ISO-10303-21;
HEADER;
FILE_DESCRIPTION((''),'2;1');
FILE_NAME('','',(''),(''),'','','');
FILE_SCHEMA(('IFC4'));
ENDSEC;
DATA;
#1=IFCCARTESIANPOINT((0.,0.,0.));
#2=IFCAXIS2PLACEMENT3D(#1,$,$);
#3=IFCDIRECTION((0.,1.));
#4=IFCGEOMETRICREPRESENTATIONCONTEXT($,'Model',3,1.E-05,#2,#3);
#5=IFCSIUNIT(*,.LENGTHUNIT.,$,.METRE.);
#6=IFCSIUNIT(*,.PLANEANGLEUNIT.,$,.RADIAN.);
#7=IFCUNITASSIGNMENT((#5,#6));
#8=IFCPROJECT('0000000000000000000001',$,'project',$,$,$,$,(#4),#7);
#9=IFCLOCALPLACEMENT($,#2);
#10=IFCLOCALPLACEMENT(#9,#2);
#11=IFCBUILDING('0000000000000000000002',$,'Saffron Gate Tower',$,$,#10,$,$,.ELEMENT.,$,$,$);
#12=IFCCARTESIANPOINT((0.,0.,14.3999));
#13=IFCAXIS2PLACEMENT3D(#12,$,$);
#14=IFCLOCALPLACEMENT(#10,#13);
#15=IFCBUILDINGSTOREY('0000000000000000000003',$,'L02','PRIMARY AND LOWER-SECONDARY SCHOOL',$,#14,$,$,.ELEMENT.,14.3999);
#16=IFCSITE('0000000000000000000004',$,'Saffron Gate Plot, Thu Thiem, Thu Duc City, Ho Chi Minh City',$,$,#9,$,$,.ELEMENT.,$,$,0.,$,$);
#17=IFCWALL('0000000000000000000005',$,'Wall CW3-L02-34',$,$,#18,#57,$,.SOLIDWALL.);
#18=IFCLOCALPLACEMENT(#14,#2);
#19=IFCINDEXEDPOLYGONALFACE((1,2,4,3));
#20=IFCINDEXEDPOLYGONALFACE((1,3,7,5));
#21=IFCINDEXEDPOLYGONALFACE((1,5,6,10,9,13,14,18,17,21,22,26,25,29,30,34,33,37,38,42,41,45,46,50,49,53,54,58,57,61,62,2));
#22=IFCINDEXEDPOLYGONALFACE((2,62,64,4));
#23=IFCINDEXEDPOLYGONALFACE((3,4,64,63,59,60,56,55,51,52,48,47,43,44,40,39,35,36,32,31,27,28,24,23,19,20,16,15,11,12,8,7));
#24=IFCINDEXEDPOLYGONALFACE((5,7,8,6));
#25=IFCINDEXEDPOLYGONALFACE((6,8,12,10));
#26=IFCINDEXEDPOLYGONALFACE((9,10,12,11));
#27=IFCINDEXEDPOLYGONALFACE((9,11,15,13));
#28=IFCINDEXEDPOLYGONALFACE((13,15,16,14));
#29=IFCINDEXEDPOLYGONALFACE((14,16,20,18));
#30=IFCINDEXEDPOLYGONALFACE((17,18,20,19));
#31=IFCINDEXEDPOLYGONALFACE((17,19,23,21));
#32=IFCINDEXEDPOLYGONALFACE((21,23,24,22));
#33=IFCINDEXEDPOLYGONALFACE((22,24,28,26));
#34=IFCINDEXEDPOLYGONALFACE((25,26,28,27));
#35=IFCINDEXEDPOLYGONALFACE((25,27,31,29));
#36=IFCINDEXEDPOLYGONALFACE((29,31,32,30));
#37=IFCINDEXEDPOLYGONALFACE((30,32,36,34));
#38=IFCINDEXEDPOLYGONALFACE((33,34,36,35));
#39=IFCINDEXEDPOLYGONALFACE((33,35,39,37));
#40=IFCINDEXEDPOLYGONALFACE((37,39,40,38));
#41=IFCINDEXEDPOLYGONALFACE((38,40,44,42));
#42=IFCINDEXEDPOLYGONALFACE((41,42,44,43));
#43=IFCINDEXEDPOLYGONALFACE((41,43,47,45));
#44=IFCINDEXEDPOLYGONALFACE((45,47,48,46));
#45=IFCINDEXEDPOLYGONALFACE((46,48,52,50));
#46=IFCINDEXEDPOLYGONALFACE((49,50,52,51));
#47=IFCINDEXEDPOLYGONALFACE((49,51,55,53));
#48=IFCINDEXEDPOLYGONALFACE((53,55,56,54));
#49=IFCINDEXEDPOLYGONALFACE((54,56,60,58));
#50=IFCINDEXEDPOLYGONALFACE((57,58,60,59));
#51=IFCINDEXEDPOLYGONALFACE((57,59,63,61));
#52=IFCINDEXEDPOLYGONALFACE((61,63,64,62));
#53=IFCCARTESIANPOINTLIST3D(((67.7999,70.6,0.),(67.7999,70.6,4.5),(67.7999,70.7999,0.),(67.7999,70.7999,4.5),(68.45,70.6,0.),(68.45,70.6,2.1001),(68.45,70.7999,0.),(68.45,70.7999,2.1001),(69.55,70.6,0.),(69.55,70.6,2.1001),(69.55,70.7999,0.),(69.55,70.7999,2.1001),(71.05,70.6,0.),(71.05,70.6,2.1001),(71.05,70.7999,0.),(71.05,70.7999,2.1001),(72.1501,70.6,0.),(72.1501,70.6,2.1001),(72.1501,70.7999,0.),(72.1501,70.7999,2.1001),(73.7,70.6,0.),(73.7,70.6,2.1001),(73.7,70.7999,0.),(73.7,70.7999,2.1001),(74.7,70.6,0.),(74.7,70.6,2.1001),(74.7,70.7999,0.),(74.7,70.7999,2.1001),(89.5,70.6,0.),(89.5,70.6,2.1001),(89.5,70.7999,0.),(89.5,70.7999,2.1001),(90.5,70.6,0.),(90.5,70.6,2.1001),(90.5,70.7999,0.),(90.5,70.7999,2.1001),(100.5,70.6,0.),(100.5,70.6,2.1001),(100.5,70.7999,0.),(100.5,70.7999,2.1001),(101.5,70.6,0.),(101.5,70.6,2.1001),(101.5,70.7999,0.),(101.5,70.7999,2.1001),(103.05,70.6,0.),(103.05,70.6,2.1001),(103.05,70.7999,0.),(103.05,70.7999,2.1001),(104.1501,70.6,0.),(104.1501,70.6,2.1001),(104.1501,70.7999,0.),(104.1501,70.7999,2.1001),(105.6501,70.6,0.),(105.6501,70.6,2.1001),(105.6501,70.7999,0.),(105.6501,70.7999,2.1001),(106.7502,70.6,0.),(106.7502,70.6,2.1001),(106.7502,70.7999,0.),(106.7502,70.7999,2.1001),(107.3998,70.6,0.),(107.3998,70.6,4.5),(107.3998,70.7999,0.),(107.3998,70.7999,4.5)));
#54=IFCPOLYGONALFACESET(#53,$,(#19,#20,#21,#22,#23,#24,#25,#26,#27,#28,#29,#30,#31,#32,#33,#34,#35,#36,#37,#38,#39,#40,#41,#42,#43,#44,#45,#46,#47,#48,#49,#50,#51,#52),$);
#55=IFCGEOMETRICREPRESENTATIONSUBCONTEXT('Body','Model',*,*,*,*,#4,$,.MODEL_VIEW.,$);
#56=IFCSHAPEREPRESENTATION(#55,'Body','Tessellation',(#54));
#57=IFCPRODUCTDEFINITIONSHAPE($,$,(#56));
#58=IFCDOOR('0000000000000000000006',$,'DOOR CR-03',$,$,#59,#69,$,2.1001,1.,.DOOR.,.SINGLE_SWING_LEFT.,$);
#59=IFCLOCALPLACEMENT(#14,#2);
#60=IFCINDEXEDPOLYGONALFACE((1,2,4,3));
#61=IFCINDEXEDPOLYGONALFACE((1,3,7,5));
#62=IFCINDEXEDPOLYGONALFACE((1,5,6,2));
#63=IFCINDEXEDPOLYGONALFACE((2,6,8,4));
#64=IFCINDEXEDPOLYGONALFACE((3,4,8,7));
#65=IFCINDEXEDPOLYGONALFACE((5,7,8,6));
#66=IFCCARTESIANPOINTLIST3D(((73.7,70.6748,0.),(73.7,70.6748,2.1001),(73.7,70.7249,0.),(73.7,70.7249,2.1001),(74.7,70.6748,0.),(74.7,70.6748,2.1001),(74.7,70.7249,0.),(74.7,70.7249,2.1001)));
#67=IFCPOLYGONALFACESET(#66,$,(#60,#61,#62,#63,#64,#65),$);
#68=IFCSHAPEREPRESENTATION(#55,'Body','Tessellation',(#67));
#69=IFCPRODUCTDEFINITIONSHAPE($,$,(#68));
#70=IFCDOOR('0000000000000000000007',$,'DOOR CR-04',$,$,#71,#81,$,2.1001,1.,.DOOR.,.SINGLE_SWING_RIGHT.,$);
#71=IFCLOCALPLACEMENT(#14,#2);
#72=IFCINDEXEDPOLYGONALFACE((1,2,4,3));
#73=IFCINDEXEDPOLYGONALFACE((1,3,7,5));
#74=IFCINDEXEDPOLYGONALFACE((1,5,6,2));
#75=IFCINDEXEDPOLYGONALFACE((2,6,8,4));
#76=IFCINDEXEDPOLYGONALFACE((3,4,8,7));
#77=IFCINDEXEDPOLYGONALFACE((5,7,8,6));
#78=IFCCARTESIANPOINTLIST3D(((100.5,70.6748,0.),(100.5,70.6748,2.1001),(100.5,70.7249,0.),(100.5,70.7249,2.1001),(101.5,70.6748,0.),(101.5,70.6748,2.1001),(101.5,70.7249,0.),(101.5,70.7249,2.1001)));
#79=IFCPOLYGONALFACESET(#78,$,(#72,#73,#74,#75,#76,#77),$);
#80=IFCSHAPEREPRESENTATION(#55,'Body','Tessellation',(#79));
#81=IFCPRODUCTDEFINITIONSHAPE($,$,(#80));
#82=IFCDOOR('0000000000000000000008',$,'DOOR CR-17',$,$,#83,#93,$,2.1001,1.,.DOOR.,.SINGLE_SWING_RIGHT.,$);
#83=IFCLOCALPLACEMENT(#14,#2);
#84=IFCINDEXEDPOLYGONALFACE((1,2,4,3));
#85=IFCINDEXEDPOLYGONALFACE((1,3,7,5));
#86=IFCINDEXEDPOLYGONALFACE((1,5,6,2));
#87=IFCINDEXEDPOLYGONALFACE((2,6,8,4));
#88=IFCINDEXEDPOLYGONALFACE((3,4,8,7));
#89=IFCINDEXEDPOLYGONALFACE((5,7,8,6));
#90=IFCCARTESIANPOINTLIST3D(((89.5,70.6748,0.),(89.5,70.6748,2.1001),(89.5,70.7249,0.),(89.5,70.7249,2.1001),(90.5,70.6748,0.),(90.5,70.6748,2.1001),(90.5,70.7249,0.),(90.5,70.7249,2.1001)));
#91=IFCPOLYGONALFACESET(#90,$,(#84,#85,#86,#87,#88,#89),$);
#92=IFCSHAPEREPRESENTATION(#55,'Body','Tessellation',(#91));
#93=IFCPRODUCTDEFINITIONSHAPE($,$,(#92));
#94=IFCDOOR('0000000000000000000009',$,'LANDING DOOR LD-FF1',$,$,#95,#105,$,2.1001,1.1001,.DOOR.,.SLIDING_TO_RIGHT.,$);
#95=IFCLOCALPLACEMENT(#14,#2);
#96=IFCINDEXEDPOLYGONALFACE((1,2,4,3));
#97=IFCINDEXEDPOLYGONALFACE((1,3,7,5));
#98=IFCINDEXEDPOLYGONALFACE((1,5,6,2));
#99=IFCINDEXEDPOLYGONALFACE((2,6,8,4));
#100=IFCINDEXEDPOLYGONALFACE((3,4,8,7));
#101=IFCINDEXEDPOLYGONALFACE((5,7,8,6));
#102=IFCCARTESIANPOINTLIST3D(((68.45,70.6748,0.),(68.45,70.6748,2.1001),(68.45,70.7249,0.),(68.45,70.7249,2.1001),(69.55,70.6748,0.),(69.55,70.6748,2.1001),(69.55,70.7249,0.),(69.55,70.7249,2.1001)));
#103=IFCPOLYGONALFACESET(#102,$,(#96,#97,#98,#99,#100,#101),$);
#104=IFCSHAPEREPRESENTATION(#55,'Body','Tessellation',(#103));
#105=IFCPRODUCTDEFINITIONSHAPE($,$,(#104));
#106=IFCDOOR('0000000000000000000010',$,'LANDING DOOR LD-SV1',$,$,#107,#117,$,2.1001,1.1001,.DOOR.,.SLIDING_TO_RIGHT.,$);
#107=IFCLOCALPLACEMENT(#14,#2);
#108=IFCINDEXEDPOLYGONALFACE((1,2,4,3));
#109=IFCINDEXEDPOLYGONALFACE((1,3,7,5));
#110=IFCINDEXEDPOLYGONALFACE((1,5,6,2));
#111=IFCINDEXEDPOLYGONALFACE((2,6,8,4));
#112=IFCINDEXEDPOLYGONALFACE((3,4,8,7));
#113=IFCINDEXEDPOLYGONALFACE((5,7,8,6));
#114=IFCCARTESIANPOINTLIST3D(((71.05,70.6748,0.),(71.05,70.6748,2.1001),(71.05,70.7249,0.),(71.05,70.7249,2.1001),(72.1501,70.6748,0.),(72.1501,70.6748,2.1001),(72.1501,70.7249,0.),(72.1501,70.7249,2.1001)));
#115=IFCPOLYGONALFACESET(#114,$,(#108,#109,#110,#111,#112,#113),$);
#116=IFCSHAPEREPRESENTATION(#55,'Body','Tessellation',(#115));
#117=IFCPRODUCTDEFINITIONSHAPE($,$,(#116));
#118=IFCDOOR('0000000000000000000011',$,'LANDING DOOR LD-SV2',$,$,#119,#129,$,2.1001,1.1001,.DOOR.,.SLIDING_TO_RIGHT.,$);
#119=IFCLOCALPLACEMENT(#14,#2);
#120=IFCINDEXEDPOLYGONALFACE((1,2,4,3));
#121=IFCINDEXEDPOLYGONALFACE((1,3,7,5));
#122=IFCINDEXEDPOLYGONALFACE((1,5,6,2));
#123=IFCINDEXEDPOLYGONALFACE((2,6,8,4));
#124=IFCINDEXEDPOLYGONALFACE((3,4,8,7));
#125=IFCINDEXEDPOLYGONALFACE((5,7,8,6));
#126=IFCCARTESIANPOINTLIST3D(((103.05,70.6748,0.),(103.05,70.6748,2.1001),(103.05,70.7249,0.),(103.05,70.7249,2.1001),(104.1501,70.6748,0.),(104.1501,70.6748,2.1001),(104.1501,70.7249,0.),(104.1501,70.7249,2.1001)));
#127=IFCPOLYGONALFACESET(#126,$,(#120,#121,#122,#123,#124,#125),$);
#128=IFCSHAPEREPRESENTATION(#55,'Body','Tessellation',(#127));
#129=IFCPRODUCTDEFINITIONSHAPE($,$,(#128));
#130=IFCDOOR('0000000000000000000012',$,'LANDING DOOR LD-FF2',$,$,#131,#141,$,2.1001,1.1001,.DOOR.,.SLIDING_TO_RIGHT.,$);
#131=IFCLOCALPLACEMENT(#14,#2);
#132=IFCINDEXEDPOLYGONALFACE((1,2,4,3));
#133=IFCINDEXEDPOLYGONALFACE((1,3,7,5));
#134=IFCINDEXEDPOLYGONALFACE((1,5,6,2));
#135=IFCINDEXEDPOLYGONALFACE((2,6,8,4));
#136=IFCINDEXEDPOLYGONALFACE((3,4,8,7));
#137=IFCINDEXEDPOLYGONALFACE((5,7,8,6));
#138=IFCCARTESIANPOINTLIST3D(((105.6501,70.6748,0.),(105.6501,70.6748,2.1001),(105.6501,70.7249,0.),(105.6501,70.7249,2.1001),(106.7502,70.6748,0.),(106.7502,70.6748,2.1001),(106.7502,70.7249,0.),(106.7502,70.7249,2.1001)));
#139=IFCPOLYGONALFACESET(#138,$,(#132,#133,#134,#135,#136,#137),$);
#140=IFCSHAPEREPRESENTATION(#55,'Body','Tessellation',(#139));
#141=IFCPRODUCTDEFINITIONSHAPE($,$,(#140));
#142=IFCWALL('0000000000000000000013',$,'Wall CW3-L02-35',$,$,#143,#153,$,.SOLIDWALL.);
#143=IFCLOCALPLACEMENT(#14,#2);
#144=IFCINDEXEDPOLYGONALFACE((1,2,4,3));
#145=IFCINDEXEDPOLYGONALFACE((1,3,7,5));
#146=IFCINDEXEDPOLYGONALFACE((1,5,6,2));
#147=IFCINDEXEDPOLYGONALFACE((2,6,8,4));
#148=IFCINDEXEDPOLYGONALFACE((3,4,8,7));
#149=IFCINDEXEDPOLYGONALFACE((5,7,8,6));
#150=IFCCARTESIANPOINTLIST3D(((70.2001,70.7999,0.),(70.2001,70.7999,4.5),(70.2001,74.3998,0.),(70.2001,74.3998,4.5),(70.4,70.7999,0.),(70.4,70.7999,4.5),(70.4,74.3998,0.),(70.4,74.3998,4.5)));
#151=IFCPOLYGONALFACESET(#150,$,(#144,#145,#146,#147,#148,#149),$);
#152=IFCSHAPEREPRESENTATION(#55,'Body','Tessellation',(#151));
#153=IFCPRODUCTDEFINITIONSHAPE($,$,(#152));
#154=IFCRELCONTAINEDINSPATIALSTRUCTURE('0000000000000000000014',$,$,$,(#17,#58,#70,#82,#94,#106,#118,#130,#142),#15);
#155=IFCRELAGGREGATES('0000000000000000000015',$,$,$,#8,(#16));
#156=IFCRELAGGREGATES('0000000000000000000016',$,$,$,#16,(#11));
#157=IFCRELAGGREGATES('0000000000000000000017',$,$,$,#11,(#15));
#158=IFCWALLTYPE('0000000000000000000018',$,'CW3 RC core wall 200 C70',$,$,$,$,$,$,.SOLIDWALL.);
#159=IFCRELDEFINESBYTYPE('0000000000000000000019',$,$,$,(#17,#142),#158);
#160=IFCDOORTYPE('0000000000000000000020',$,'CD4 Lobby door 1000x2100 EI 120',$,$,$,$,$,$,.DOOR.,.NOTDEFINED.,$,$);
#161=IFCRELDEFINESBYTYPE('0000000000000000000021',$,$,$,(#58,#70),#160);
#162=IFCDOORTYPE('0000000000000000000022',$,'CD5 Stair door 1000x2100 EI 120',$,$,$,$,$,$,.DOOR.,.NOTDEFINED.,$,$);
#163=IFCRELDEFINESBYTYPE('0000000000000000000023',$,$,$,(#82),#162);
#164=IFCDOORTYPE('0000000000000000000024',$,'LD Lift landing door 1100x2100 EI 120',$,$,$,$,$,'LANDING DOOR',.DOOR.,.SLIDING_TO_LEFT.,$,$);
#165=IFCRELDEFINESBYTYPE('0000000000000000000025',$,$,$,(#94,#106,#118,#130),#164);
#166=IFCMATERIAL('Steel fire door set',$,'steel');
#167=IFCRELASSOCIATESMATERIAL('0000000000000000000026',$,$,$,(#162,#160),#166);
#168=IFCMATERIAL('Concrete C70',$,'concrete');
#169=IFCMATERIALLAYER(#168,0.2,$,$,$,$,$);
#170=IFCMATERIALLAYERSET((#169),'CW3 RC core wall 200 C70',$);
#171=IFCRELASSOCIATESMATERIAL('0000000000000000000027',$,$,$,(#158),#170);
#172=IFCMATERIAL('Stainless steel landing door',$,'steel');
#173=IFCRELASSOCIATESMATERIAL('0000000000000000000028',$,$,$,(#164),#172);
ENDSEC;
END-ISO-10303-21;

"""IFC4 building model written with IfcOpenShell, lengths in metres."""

from ifc_helpers import new_model, si_unit, direction, frame, frame_2d, origin, place, context, subcontext, project, spatial, rectangle, extrude, material, layer, layer_set, type_object, element, fill, save


model = new_model("IFC4")

# Units and contexts
model_context = context("Model", 3, precision=1e-05, world=origin(), true_north=direction((0.0, 1.0)))
body_context = subcontext(model_context, "Body", "Model", "MODEL_VIEW")
ifc_project = project(units=[si_unit("LENGTHUNIT", "METRE"), si_unit("PLANEANGLEUNIT", "RADIAN")], contexts=[model_context])

# Site, building, storey
site_placement = place(None, origin())
site = spatial("IfcSite", under=ifc_project, at=site_placement, Name="Saffron Gate Plot, Thu Thiem, Thu Duc City, Ho Chi Minh City", CompositionType="ELEMENT", RefElevation=0.0)
building_placement = place(site_placement, origin())
building = spatial("IfcBuilding", under=site, at=building_placement, Name="Saffron Gate Tower", CompositionType="ELEMENT")
storey_placement = place(building_placement, frame((0.0, 0.0, 14.3999)))
storey = spatial("IfcBuildingStorey", under=building, at=storey_placement, Name="L02", Description="PRIMARY AND LOWER-SECONDARY SCHOOL", CompositionType="ELEMENT", Elevation=14.3999)

# Wall, openings, doors
ifc_material_1 = material(Name="Concrete C70", Category="concrete")
ifc_material_2 = material(Name="Steel fire door set", Category="steel")
door_type_1 = type_object("IfcDoorType", Name="CD5 Stair door 1000x2100 EI 120", OperationType="NOTDEFINED", PredefinedType="DOOR", material=ifc_material_2)
ifc_layer_1 = layer(ifc_material_1, 0.2)
ifc_layer_set_1 = layer_set([ifc_layer_1], Name="CW3 RC core wall 200 C70")
wall_type_1 = type_object("IfcWallType", Name="CW3 RC core wall 200 C70", PredefinedType="SOLIDWALL", material=ifc_layer_set_1)
wall_1_placement = place(storey_placement, frame((67.8, 70.7, 0.0), z_axis=(0.0, 0.0, 1.0), x_axis=(1.0, 0.0, 0.0)))
wall_1 = element("IfcWall", 1, at=wall_1_placement, inside=storey, type_object=wall_type_1, Name="Wall CW3-L02-34", PredefinedType="SOLIDWALL", context=body_context, shape_type="SweptSolid", body=[
    extrude(rectangle(XDim=39.5999, YDim=0.2, at=frame_2d((19.7998, 0.0))), origin(), (0.0, 0.0, 1.0), 4.5),
])
opening_1_placement = place(wall_1_placement, frame((0.6499, 0.0, 0.0)))
opening_1 = element("IfcOpeningElement", 2, at=opening_1_placement, cuts=wall_1, PredefinedType="OPENING", context=body_context, shape_type="SweptSolid", body=[
    extrude(rectangle(XDim=1.1001, YDim=2.1001, at=frame_2d((0.55, 1.05))), frame((0.0, 0.1099, 0.0), z_axis=(0.0, -1.0, 0.0), x_axis=(1.0, 0.0, 0.0)), (0.0, 0.0, 1.0), 0.22),
])
opening_2_placement = place(wall_1_placement, frame((3.25, 0.0, 0.0)))
opening_2 = element("IfcOpeningElement", 3, at=opening_2_placement, cuts=wall_1, PredefinedType="OPENING", context=body_context, shape_type="SweptSolid", body=[
    extrude(rectangle(XDim=1.1001, YDim=2.1001, at=frame_2d((0.55, 1.05))), frame((0.0, 0.1099, 0.0), z_axis=(0.0, -1.0, 0.0), x_axis=(1.0, 0.0, 0.0)), (0.0, 0.0, 1.0), 0.22),
])
opening_3_placement = place(wall_1_placement, frame((5.8999, 0.0, 0.0)))
opening_3 = element("IfcOpeningElement", 4, at=opening_3_placement, cuts=wall_1, PredefinedType="OPENING", context=body_context, shape_type="SweptSolid", body=[
    extrude(rectangle(XDim=1.0, YDim=2.1001, at=frame_2d((0.5, 1.05))), frame((0.0, 0.1099, 0.0), z_axis=(0.0, -1.0, 0.0), x_axis=(1.0, 0.0, 0.0)), (0.0, 0.0, 1.0), 0.22),
])
opening_4_placement = place(wall_1_placement, frame((21.7, 0.0, 0.0)))
opening_4 = element("IfcOpeningElement", 5, at=opening_4_placement, cuts=wall_1, PredefinedType="OPENING", context=body_context, shape_type="SweptSolid", body=[
    extrude(rectangle(XDim=1.0, YDim=2.1001, at=frame_2d((0.5, 1.05))), frame((0.0, 0.1099, 0.0), z_axis=(0.0, -1.0, 0.0), x_axis=(1.0, 0.0, 0.0)), (0.0, 0.0, 1.0), 0.22),
])
opening_5_placement = place(wall_1_placement, frame((32.7, 0.0, 0.0)))
opening_5 = element("IfcOpeningElement", 6, at=opening_5_placement, cuts=wall_1, PredefinedType="OPENING", context=body_context, shape_type="SweptSolid", body=[
    extrude(rectangle(XDim=1.0, YDim=2.1001, at=frame_2d((0.5, 1.05))), frame((0.0, 0.1099, 0.0), z_axis=(0.0, -1.0, 0.0), x_axis=(1.0, 0.0, 0.0)), (0.0, 0.0, 1.0), 0.22),
])
opening_6_placement = place(wall_1_placement, frame((35.25, 0.0, 0.0)))
opening_6 = element("IfcOpeningElement", 7, at=opening_6_placement, cuts=wall_1, PredefinedType="OPENING", context=body_context, shape_type="SweptSolid", body=[
    extrude(rectangle(XDim=1.1001, YDim=2.1001, at=frame_2d((0.55, 1.05))), frame((0.0, 0.1099, 0.0), z_axis=(0.0, -1.0, 0.0), x_axis=(1.0, 0.0, 0.0)), (0.0, 0.0, 1.0), 0.22),
])
opening_7_placement = place(wall_1_placement, frame((37.8501, 0.0, 0.0)))
opening_7 = element("IfcOpeningElement", 8, at=opening_7_placement, cuts=wall_1, PredefinedType="OPENING", context=body_context, shape_type="SweptSolid", body=[
    extrude(rectangle(XDim=1.1001, YDim=2.1001, at=frame_2d((0.55, 1.05))), frame((0.0, 0.1099, 0.0), z_axis=(0.0, -1.0, 0.0), x_axis=(1.0, 0.0, 0.0)), (0.0, 0.0, 1.0), 0.22),
])
door_type_2 = type_object("IfcDoorType", Name="CD4 Lobby door 1000x2100 EI 120", OperationType="NOTDEFINED", PredefinedType="DOOR", material=ifc_material_2)
door_1_placement = place(opening_3_placement, origin())
door_1 = element("IfcDoor", 9, at=door_1_placement, inside=storey, type_object=door_type_2, Name="DOOR CR-03", OperationType="SINGLE_SWING_LEFT", OverallHeight=2.1001, OverallWidth=1.0, PredefinedType="DOOR", context=body_context, shape_type="SweptSolid", body=[
    extrude(rectangle(XDim=1.0, YDim=2.1001, at=frame_2d((0.5, 1.05))), frame((0.0, 0.0249, 0.0), z_axis=(0.0, -1.0, 0.0), x_axis=(1.0, 0.0, 0.0)), (0.0, 0.0, 1.0), 0.05),
])
fill(opening_3, door_1)
door_2_placement = place(opening_5_placement, origin())
door_2 = element("IfcDoor", 10, at=door_2_placement, inside=storey, type_object=door_type_2, Name="DOOR CR-04", OperationType="SINGLE_SWING_RIGHT", OverallHeight=2.1001, OverallWidth=1.0, PredefinedType="DOOR", context=body_context, shape_type="SweptSolid", body=[
    extrude(rectangle(XDim=1.0, YDim=2.1001, at=frame_2d((0.5, 1.05))), frame((0.0, 0.0249, 0.0), z_axis=(0.0, -1.0, 0.0), x_axis=(1.0, 0.0, 0.0)), (0.0, 0.0, 1.0), 0.05),
])
fill(opening_5, door_2)
door_3_placement = place(opening_4_placement, origin())
door_3 = element("IfcDoor", 11, at=door_3_placement, inside=storey, type_object=door_type_1, Name="DOOR CR-17", OperationType="SINGLE_SWING_RIGHT", OverallHeight=2.1001, OverallWidth=1.0, PredefinedType="DOOR", context=body_context, shape_type="SweptSolid", body=[
    extrude(rectangle(XDim=1.0, YDim=2.1001, at=frame_2d((0.5, 1.05))), frame((0.0, 0.0249, 0.0), z_axis=(0.0, -1.0, 0.0), x_axis=(1.0, 0.0, 0.0)), (0.0, 0.0, 1.0), 0.05),
])
fill(opening_4, door_3)
ifc_material_3 = material(Name="Stainless steel landing door", Category="steel")
door_type_3 = type_object("IfcDoorType", Name="LD Lift landing door 1100x2100 EI 120", ElementType="LANDING DOOR", OperationType="SLIDING_TO_LEFT", PredefinedType="DOOR", material=ifc_material_3)
door_4_placement = place(opening_1_placement, origin())
door_4 = element("IfcDoor", 12, at=door_4_placement, inside=storey, type_object=door_type_3, Name="LANDING DOOR LD-FF1", OperationType="SLIDING_TO_RIGHT", OverallHeight=2.1001, OverallWidth=1.1001, PredefinedType="DOOR", context=body_context, shape_type="SweptSolid", body=[
    extrude(rectangle(XDim=1.1001, YDim=2.1001, at=frame_2d((0.55, 1.05))), frame((0.0, 0.0249, 0.0), z_axis=(0.0, -1.0, 0.0), x_axis=(1.0, 0.0, 0.0)), (0.0, 0.0, 1.0), 0.05),
])
fill(opening_1, door_4)
door_5_placement = place(opening_2_placement, origin())
door_5 = element("IfcDoor", 13, at=door_5_placement, inside=storey, type_object=door_type_3, Name="LANDING DOOR LD-SV1", OperationType="SLIDING_TO_RIGHT", OverallHeight=2.1001, OverallWidth=1.1001, PredefinedType="DOOR", context=body_context, shape_type="SweptSolid", body=[
    extrude(rectangle(XDim=1.1001, YDim=2.1001, at=frame_2d((0.55, 1.05))), frame((0.0, 0.0249, 0.0), z_axis=(0.0, -1.0, 0.0), x_axis=(1.0, 0.0, 0.0)), (0.0, 0.0, 1.0), 0.05),
])
fill(opening_2, door_5)
door_6_placement = place(opening_6_placement, origin())
door_6 = element("IfcDoor", 14, at=door_6_placement, inside=storey, type_object=door_type_3, Name="LANDING DOOR LD-SV2", OperationType="SLIDING_TO_RIGHT", OverallHeight=2.1001, OverallWidth=1.1001, PredefinedType="DOOR", context=body_context, shape_type="SweptSolid", body=[
    extrude(rectangle(XDim=1.1001, YDim=2.1001, at=frame_2d((0.55, 1.05))), frame((0.0, 0.0249, 0.0), z_axis=(0.0, -1.0, 0.0), x_axis=(1.0, 0.0, 0.0)), (0.0, 0.0, 1.0), 0.05),
])
fill(opening_6, door_6)
door_7_placement = place(opening_7_placement, origin())
door_7 = element("IfcDoor", 15, at=door_7_placement, inside=storey, type_object=door_type_3, Name="LANDING DOOR LD-FF2", OperationType="SLIDING_TO_RIGHT", OverallHeight=2.1001, OverallWidth=1.1001, PredefinedType="DOOR", context=body_context, shape_type="SweptSolid", body=[
    extrude(rectangle(XDim=1.1001, YDim=2.1001, at=frame_2d((0.55, 1.05))), frame((0.0, 0.0249, 0.0), z_axis=(0.0, -1.0, 0.0), x_axis=(1.0, 0.0, 0.0)), (0.0, 0.0, 1.0), 0.05),
])
fill(opening_7, door_7)

# Wall
wall_2_placement = place(storey_placement, frame((70.3, 70.8, 0.0), z_axis=(0.0, 0.0, 1.0), x_axis=(0.0, 1.0, 0.0)))
element("IfcWall", 16, at=wall_2_placement, inside=storey, type_object=wall_type_1, Name="Wall CW3-L02-35", PredefinedType="SOLIDWALL", context=body_context, shape_type="SweptSolid", body=[
    extrude(rectangle(XDim=3.5999, YDim=0.2, at=frame_2d((1.7998, 0.0))), origin(), (0.0, 0.0, 1.0), 4.5),
])

save(model, "model.ifc")
